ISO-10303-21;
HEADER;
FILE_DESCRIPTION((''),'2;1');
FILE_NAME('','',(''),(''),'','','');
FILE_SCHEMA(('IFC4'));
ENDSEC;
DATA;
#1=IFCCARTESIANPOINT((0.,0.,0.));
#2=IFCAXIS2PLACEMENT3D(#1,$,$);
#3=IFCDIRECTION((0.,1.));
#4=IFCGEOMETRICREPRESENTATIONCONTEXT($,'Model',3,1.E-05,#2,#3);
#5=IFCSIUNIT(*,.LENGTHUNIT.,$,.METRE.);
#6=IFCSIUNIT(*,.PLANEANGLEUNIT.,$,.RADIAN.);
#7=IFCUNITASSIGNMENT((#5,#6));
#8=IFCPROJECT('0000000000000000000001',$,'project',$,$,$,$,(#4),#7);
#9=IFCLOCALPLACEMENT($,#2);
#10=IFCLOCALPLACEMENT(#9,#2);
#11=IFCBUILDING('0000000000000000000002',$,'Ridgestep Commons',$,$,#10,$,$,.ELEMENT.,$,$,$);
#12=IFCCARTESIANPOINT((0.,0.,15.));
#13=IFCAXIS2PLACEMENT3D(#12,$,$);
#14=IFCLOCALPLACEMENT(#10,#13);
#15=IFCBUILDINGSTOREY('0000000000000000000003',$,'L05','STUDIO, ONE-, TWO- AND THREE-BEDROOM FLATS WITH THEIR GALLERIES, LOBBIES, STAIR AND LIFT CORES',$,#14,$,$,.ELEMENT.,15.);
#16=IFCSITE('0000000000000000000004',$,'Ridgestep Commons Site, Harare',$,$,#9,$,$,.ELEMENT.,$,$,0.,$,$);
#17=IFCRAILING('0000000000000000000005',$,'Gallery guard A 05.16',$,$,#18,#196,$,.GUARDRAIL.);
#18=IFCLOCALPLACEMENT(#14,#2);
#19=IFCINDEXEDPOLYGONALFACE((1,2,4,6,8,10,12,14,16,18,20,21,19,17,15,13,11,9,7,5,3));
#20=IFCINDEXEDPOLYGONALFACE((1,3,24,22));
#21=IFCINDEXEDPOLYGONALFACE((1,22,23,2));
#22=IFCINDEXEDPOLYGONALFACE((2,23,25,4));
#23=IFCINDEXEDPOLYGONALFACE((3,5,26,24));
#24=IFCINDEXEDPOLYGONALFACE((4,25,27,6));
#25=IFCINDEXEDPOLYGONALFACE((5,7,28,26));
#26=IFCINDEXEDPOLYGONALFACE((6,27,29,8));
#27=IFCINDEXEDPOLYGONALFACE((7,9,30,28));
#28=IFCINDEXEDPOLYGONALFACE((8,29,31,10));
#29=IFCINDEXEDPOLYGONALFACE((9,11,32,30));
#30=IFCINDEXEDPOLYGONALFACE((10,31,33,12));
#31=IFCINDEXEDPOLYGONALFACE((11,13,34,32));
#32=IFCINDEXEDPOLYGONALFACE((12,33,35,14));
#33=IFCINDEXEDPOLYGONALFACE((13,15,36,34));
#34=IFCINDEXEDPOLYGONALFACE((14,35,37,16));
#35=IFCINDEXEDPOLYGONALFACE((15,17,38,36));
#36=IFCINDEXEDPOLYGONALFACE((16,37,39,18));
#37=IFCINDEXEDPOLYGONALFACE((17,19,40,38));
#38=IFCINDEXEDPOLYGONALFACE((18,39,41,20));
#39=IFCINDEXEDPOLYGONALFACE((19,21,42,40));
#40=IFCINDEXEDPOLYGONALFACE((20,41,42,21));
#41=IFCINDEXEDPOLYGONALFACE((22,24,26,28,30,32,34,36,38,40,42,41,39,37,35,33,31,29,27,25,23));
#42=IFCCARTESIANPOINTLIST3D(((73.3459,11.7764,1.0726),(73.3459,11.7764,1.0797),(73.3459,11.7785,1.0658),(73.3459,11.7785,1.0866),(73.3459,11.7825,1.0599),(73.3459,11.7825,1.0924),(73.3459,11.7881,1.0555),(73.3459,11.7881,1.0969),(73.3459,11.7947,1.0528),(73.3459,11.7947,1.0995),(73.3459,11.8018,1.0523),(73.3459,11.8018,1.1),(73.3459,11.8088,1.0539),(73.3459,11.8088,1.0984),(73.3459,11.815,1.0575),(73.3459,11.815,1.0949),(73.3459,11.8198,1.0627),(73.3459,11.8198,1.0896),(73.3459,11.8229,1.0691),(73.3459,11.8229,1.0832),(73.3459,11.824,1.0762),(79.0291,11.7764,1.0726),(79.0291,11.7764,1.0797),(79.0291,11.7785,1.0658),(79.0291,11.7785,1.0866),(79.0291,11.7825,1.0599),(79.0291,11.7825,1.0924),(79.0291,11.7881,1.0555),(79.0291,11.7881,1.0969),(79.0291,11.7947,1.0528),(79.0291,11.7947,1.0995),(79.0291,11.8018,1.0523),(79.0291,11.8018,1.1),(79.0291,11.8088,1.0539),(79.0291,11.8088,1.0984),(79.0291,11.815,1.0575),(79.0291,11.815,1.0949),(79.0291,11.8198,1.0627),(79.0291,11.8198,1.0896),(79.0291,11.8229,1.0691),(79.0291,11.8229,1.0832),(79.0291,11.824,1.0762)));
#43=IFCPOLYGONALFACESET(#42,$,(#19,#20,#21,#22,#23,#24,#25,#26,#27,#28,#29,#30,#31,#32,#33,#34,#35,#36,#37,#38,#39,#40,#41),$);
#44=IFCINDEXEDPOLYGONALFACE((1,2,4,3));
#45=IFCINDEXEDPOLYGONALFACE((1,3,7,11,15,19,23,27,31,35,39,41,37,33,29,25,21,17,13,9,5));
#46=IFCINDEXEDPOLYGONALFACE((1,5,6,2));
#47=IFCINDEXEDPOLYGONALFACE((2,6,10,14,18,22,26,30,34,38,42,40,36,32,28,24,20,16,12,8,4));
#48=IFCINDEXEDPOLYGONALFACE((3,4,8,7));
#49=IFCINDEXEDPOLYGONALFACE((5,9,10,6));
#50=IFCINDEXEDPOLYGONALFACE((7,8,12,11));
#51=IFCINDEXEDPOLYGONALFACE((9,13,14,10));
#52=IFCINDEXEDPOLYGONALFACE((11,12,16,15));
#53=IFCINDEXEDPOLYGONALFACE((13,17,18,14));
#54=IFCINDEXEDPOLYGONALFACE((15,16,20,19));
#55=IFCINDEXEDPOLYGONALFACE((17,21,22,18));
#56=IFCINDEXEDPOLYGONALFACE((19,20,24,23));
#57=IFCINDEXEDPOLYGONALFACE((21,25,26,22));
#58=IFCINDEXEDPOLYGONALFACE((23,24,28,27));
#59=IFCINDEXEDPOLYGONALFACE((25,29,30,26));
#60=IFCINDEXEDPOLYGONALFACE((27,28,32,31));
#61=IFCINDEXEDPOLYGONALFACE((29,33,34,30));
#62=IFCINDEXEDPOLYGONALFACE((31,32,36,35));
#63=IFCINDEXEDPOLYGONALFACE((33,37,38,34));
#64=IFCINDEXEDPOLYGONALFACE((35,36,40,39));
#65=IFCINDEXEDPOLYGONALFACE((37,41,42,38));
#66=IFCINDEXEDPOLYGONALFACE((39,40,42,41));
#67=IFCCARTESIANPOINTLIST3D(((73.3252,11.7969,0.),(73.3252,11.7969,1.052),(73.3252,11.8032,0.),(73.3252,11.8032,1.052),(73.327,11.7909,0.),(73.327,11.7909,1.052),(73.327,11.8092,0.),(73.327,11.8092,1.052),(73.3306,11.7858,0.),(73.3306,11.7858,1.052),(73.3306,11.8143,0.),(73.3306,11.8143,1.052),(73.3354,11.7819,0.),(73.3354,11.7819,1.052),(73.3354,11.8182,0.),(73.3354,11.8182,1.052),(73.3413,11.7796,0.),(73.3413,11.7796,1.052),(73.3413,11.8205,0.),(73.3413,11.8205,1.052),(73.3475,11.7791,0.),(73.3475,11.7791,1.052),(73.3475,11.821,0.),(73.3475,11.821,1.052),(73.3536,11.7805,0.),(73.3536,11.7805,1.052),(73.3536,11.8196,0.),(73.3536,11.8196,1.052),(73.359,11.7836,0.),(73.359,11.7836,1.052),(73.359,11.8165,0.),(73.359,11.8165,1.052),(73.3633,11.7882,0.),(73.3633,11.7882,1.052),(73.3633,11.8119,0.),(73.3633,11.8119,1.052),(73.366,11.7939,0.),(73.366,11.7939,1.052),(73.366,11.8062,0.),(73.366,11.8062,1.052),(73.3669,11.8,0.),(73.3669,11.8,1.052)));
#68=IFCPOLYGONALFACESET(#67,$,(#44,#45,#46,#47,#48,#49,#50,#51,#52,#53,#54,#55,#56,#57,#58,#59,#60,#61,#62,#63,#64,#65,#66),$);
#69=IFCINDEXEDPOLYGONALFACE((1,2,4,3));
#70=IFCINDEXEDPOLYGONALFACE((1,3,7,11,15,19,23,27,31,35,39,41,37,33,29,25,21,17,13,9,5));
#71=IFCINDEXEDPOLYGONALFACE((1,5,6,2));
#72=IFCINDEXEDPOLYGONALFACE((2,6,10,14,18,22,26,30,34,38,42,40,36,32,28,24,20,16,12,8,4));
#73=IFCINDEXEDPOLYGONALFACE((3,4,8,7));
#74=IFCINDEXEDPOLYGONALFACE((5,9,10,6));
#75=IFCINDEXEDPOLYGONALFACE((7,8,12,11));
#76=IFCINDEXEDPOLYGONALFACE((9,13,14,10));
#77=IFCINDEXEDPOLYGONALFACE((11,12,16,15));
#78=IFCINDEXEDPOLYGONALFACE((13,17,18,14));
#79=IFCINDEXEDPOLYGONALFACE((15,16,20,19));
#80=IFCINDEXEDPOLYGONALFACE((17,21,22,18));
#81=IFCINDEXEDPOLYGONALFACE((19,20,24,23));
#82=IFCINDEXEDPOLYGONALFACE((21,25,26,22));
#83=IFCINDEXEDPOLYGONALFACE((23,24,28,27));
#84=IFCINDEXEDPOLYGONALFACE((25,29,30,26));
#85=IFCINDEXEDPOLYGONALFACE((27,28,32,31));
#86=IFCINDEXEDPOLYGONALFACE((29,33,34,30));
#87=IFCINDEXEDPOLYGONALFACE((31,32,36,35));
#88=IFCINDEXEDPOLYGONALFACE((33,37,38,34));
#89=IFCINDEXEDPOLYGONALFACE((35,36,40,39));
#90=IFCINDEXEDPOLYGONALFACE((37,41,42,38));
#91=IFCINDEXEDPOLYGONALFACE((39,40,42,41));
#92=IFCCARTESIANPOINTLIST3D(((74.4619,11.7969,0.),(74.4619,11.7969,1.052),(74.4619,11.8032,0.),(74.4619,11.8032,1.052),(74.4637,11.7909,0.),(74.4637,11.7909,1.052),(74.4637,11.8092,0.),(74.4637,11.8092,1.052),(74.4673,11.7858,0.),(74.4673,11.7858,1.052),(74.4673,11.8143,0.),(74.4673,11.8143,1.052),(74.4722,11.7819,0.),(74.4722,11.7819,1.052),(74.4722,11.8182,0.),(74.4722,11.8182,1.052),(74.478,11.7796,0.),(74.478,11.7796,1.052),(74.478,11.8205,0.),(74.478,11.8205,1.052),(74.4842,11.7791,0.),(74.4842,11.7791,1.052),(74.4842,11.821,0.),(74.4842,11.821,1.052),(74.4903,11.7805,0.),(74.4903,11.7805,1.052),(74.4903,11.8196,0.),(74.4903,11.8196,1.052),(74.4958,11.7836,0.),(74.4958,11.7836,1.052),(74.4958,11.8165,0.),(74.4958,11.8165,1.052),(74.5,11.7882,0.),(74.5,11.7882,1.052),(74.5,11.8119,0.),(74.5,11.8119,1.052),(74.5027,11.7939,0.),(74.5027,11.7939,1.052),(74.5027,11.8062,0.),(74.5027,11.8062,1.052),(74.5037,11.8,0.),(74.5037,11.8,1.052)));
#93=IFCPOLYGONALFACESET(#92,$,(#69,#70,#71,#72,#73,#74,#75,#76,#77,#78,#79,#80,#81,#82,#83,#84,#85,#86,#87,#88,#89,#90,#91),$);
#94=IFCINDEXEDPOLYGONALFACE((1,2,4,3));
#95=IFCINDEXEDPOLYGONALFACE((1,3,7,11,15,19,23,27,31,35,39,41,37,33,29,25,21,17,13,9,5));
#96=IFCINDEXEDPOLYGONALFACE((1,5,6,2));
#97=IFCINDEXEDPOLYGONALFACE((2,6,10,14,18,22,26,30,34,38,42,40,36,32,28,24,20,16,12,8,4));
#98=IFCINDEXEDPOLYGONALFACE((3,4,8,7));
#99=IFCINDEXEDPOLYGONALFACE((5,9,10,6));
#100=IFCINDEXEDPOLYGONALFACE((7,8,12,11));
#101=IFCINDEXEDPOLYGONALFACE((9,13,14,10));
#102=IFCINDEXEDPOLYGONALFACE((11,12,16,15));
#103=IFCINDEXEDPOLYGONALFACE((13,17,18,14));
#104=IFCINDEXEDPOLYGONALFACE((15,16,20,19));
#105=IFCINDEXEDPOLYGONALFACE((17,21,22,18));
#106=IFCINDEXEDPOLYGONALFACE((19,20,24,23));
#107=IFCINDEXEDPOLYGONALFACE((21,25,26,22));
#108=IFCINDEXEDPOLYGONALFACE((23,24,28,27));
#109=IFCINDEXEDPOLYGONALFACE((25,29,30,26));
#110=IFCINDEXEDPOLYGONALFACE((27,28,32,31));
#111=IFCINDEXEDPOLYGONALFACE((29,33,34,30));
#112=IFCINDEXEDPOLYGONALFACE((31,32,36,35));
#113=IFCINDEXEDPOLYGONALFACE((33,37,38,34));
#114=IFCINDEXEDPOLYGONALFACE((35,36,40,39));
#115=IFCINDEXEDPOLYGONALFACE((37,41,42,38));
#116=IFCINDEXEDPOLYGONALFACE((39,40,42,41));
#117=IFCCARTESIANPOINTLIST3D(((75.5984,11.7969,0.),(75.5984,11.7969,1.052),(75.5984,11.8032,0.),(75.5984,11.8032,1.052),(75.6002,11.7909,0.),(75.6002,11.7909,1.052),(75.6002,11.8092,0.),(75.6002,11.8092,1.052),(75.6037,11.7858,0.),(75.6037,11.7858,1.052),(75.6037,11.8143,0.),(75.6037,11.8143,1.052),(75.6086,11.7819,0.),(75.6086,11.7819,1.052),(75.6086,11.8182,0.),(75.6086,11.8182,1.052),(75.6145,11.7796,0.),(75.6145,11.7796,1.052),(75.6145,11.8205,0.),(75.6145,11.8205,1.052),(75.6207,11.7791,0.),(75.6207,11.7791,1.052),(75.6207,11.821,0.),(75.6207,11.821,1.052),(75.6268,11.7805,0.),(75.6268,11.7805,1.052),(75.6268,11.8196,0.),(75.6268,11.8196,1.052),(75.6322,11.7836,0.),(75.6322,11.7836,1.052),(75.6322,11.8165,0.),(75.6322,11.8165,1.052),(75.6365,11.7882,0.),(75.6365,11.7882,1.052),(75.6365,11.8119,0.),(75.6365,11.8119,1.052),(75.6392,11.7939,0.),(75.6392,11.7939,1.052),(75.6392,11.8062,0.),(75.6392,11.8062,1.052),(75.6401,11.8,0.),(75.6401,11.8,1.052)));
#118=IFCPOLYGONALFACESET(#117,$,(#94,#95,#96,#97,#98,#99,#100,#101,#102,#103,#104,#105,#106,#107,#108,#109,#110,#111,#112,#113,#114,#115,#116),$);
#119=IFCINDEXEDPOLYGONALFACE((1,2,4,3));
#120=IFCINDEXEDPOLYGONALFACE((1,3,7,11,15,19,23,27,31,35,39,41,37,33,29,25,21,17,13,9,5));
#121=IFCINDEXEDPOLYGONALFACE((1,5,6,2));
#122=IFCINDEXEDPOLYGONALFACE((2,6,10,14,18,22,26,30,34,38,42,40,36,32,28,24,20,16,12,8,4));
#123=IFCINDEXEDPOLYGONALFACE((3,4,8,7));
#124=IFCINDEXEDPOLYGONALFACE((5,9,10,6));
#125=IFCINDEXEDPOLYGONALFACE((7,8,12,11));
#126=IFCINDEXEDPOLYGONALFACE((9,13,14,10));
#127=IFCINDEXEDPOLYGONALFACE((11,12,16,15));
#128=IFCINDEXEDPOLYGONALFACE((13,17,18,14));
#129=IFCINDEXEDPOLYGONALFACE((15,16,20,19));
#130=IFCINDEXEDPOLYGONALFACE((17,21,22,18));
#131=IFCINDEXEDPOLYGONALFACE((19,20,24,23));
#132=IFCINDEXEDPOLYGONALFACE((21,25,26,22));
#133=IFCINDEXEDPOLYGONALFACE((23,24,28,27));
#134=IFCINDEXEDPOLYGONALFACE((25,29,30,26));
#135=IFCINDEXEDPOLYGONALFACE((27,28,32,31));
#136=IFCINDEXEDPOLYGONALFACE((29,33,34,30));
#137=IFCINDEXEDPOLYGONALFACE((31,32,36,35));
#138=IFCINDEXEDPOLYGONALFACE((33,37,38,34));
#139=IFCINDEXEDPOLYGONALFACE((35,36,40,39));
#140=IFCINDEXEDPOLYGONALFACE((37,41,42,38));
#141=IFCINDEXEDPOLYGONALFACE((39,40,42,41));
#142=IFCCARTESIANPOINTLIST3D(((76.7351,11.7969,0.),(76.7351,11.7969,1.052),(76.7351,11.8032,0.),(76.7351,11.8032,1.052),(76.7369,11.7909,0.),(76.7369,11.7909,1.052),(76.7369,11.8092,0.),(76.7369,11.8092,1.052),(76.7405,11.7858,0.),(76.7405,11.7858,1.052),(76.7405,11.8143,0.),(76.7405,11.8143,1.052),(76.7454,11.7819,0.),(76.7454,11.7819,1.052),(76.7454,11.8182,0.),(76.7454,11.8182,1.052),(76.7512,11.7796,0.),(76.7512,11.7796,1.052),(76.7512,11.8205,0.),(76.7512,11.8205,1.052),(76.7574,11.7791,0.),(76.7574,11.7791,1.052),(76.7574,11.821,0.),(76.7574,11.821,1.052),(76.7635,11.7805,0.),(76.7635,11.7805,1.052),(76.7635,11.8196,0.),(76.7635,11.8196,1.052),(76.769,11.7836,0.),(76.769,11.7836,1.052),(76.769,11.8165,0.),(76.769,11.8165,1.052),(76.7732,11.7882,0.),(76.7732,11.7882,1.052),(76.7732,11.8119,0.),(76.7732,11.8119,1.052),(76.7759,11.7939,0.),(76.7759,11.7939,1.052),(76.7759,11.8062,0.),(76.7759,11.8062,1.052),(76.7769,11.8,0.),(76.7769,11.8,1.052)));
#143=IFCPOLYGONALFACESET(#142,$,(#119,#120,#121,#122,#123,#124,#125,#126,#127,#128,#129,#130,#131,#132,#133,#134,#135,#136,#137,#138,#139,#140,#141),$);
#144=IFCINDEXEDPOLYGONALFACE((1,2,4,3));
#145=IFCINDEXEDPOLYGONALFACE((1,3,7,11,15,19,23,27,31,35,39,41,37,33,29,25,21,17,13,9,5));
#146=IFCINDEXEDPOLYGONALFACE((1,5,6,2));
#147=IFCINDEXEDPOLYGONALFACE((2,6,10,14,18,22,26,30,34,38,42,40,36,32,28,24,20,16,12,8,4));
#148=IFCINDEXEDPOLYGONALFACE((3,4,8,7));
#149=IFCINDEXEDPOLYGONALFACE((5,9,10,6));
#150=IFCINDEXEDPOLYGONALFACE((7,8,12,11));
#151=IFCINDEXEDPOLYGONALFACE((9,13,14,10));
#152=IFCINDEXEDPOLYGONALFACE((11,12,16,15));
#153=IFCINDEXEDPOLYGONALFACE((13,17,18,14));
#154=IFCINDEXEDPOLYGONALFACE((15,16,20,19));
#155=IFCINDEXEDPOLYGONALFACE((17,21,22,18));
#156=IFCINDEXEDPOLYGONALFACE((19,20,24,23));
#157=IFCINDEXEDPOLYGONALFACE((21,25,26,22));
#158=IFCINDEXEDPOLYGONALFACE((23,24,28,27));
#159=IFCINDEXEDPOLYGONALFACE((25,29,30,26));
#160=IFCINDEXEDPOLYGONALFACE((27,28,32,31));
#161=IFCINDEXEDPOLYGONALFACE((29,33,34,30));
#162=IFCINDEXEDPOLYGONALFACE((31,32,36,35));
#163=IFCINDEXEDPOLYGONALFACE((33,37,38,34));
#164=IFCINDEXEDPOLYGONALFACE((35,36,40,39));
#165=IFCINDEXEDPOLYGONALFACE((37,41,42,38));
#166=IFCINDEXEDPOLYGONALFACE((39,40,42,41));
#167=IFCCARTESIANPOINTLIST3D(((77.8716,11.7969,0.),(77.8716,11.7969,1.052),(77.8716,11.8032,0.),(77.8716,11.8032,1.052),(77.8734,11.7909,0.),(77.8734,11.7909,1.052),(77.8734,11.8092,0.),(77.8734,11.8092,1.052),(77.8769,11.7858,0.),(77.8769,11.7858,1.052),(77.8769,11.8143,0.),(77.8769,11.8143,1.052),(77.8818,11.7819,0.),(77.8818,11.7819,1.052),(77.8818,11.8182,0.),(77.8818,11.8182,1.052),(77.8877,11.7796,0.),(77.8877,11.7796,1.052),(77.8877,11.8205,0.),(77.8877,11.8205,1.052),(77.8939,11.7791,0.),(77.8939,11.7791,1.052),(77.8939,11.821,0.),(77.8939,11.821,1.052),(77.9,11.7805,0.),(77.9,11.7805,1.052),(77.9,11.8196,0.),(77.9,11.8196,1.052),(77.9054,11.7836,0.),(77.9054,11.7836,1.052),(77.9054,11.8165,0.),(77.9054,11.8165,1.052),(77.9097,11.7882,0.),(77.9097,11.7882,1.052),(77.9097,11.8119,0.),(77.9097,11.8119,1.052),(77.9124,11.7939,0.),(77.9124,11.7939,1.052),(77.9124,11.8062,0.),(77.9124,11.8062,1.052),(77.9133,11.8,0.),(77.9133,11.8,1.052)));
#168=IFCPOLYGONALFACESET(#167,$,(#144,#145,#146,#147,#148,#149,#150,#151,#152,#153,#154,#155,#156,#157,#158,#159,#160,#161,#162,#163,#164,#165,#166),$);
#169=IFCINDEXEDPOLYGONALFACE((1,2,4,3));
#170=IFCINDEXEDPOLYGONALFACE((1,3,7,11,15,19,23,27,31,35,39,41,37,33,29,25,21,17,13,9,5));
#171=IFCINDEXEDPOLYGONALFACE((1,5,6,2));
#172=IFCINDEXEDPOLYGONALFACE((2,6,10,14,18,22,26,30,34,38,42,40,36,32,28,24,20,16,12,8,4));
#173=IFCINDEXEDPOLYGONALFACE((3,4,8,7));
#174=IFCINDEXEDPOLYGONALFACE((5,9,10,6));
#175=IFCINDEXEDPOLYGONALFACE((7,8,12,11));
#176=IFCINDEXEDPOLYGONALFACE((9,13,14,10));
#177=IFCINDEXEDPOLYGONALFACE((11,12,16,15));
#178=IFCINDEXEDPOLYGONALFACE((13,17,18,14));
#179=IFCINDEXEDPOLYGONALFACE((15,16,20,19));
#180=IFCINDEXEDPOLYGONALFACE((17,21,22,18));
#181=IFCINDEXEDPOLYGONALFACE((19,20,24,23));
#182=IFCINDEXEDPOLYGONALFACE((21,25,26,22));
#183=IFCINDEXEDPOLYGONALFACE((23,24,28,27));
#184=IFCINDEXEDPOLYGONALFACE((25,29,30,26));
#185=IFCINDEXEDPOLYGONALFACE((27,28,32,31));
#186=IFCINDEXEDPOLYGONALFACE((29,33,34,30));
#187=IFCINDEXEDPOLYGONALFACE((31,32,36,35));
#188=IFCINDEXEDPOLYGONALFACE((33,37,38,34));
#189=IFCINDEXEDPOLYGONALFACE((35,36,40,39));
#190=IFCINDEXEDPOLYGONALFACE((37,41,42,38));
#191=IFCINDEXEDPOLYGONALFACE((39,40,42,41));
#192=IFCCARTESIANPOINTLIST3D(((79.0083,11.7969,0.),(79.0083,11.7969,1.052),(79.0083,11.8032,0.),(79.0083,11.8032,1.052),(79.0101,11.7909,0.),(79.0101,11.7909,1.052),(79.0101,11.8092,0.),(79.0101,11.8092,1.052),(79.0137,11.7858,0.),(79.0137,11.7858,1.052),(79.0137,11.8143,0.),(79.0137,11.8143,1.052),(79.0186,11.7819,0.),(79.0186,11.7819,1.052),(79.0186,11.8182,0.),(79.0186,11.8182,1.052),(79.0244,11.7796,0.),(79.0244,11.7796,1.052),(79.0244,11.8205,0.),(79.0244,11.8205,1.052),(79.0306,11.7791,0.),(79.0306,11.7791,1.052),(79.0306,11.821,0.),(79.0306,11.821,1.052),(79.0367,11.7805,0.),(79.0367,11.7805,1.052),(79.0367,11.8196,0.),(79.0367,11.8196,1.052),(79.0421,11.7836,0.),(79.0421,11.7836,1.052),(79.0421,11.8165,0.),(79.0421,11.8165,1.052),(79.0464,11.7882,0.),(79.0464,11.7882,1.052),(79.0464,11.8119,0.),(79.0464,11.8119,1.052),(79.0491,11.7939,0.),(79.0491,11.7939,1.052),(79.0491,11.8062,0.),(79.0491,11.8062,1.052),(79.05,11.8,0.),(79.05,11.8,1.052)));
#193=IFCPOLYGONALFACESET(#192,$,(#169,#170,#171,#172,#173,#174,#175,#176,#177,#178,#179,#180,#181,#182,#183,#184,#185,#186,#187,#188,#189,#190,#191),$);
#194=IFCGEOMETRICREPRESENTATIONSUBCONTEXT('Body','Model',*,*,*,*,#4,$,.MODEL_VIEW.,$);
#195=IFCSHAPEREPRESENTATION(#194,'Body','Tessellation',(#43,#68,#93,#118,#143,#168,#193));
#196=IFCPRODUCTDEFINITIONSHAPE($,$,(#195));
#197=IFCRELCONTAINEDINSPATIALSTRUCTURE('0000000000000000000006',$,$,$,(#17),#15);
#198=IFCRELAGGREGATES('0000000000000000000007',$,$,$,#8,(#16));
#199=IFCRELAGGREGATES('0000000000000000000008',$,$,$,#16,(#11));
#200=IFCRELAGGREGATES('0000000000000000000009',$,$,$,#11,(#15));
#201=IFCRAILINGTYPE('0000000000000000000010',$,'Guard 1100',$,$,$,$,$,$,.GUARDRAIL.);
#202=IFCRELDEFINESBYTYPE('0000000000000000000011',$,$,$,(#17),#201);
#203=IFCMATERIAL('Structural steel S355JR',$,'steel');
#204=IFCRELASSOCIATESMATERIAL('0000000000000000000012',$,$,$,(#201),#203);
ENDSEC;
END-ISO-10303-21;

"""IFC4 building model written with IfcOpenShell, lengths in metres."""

from ifc_helpers import new_model, si_unit, direction, frame, origin, origin_2d, place, context, subcontext, project, spatial, circle, extrude, material, type_object, element, save


model = new_model("IFC4")

# Units and contexts
model_context = context("Model", 3, precision=1e-05, world=origin(), true_north=direction((0.0, 1.0)))
body_context = subcontext(model_context, "Body", "Model", "MODEL_VIEW")
ifc_project = project(units=[si_unit("LENGTHUNIT", "METRE"), si_unit("PLANEANGLEUNIT", "RADIAN")], contexts=[model_context])

# Site, building, storey
site_placement = place(None, origin())
site = spatial("IfcSite", under=ifc_project, at=site_placement, Name="Ridgestep Commons Site, Harare", CompositionType="ELEMENT", RefElevation=0.0)
building_placement = place(site_placement, origin())
building = spatial("IfcBuilding", under=site, at=building_placement, Name="Ridgestep Commons", CompositionType="ELEMENT")
storey_placement = place(building_placement, frame((0.0, 0.0, 15.0)))
storey = spatial("IfcBuildingStorey", under=building, at=storey_placement, Name="L05", Description="STUDIO, ONE-, TWO- AND THREE-BEDROOM FLATS WITH THEIR GALLERIES, LOBBIES, STAIR AND LIFT CORES", CompositionType="ELEMENT", Elevation=15.0)

# Railing
ifc_material_1 = material(Name="Structural steel S355JR", Category="steel")
railing_type_1 = type_object("IfcRailingType", Name="Guard 1100", PredefinedType="GUARDRAIL", material=ifc_material_1)
railing_1_placement = place(storey_placement, frame((73.3459, 11.8, 0.0)))
element("IfcRailing", 1, at=railing_1_placement, inside=storey, type_object=railing_type_1, Name="Gallery guard A 05.16", PredefinedType="GUARDRAIL", context=body_context, shape_type="SweptSolid", body=[
    extrude(circle(Radius=0.0239, at=origin_2d()), frame((0.0, 0.0, 1.0762), z_axis=(1.0, 0.0, 0.0), x_axis=(0.0, 1.0, 0.0)), (0.0, 0.0, 1.0), 5.6831),
    extrude(circle(Radius=0.021, at=origin_2d()), origin(), (0.0, 0.0, 1.0), 1.052),
    extrude(circle(Radius=0.021, at=origin_2d()), frame((1.1367, 0.0, 0.0)), (0.0, 0.0, 1.0), 1.052),
    extrude(circle(Radius=0.021, at=origin_2d()), frame((2.2732, 0.0, 0.0)), (0.0, 0.0, 1.0), 1.052),
    extrude(circle(Radius=0.021, at=origin_2d()), frame((3.4099, 0.0, 0.0)), (0.0, 0.0, 1.0), 1.052),
    extrude(circle(Radius=0.021, at=origin_2d()), frame((4.5464, 0.0, 0.0)), (0.0, 0.0, 1.0), 1.052),
    extrude(circle(Radius=0.021, at=origin_2d()), frame((5.6831, 0.0, 0.0)), (0.0, 0.0, 1.0), 1.052),
])

save(model, "model.ifc")
